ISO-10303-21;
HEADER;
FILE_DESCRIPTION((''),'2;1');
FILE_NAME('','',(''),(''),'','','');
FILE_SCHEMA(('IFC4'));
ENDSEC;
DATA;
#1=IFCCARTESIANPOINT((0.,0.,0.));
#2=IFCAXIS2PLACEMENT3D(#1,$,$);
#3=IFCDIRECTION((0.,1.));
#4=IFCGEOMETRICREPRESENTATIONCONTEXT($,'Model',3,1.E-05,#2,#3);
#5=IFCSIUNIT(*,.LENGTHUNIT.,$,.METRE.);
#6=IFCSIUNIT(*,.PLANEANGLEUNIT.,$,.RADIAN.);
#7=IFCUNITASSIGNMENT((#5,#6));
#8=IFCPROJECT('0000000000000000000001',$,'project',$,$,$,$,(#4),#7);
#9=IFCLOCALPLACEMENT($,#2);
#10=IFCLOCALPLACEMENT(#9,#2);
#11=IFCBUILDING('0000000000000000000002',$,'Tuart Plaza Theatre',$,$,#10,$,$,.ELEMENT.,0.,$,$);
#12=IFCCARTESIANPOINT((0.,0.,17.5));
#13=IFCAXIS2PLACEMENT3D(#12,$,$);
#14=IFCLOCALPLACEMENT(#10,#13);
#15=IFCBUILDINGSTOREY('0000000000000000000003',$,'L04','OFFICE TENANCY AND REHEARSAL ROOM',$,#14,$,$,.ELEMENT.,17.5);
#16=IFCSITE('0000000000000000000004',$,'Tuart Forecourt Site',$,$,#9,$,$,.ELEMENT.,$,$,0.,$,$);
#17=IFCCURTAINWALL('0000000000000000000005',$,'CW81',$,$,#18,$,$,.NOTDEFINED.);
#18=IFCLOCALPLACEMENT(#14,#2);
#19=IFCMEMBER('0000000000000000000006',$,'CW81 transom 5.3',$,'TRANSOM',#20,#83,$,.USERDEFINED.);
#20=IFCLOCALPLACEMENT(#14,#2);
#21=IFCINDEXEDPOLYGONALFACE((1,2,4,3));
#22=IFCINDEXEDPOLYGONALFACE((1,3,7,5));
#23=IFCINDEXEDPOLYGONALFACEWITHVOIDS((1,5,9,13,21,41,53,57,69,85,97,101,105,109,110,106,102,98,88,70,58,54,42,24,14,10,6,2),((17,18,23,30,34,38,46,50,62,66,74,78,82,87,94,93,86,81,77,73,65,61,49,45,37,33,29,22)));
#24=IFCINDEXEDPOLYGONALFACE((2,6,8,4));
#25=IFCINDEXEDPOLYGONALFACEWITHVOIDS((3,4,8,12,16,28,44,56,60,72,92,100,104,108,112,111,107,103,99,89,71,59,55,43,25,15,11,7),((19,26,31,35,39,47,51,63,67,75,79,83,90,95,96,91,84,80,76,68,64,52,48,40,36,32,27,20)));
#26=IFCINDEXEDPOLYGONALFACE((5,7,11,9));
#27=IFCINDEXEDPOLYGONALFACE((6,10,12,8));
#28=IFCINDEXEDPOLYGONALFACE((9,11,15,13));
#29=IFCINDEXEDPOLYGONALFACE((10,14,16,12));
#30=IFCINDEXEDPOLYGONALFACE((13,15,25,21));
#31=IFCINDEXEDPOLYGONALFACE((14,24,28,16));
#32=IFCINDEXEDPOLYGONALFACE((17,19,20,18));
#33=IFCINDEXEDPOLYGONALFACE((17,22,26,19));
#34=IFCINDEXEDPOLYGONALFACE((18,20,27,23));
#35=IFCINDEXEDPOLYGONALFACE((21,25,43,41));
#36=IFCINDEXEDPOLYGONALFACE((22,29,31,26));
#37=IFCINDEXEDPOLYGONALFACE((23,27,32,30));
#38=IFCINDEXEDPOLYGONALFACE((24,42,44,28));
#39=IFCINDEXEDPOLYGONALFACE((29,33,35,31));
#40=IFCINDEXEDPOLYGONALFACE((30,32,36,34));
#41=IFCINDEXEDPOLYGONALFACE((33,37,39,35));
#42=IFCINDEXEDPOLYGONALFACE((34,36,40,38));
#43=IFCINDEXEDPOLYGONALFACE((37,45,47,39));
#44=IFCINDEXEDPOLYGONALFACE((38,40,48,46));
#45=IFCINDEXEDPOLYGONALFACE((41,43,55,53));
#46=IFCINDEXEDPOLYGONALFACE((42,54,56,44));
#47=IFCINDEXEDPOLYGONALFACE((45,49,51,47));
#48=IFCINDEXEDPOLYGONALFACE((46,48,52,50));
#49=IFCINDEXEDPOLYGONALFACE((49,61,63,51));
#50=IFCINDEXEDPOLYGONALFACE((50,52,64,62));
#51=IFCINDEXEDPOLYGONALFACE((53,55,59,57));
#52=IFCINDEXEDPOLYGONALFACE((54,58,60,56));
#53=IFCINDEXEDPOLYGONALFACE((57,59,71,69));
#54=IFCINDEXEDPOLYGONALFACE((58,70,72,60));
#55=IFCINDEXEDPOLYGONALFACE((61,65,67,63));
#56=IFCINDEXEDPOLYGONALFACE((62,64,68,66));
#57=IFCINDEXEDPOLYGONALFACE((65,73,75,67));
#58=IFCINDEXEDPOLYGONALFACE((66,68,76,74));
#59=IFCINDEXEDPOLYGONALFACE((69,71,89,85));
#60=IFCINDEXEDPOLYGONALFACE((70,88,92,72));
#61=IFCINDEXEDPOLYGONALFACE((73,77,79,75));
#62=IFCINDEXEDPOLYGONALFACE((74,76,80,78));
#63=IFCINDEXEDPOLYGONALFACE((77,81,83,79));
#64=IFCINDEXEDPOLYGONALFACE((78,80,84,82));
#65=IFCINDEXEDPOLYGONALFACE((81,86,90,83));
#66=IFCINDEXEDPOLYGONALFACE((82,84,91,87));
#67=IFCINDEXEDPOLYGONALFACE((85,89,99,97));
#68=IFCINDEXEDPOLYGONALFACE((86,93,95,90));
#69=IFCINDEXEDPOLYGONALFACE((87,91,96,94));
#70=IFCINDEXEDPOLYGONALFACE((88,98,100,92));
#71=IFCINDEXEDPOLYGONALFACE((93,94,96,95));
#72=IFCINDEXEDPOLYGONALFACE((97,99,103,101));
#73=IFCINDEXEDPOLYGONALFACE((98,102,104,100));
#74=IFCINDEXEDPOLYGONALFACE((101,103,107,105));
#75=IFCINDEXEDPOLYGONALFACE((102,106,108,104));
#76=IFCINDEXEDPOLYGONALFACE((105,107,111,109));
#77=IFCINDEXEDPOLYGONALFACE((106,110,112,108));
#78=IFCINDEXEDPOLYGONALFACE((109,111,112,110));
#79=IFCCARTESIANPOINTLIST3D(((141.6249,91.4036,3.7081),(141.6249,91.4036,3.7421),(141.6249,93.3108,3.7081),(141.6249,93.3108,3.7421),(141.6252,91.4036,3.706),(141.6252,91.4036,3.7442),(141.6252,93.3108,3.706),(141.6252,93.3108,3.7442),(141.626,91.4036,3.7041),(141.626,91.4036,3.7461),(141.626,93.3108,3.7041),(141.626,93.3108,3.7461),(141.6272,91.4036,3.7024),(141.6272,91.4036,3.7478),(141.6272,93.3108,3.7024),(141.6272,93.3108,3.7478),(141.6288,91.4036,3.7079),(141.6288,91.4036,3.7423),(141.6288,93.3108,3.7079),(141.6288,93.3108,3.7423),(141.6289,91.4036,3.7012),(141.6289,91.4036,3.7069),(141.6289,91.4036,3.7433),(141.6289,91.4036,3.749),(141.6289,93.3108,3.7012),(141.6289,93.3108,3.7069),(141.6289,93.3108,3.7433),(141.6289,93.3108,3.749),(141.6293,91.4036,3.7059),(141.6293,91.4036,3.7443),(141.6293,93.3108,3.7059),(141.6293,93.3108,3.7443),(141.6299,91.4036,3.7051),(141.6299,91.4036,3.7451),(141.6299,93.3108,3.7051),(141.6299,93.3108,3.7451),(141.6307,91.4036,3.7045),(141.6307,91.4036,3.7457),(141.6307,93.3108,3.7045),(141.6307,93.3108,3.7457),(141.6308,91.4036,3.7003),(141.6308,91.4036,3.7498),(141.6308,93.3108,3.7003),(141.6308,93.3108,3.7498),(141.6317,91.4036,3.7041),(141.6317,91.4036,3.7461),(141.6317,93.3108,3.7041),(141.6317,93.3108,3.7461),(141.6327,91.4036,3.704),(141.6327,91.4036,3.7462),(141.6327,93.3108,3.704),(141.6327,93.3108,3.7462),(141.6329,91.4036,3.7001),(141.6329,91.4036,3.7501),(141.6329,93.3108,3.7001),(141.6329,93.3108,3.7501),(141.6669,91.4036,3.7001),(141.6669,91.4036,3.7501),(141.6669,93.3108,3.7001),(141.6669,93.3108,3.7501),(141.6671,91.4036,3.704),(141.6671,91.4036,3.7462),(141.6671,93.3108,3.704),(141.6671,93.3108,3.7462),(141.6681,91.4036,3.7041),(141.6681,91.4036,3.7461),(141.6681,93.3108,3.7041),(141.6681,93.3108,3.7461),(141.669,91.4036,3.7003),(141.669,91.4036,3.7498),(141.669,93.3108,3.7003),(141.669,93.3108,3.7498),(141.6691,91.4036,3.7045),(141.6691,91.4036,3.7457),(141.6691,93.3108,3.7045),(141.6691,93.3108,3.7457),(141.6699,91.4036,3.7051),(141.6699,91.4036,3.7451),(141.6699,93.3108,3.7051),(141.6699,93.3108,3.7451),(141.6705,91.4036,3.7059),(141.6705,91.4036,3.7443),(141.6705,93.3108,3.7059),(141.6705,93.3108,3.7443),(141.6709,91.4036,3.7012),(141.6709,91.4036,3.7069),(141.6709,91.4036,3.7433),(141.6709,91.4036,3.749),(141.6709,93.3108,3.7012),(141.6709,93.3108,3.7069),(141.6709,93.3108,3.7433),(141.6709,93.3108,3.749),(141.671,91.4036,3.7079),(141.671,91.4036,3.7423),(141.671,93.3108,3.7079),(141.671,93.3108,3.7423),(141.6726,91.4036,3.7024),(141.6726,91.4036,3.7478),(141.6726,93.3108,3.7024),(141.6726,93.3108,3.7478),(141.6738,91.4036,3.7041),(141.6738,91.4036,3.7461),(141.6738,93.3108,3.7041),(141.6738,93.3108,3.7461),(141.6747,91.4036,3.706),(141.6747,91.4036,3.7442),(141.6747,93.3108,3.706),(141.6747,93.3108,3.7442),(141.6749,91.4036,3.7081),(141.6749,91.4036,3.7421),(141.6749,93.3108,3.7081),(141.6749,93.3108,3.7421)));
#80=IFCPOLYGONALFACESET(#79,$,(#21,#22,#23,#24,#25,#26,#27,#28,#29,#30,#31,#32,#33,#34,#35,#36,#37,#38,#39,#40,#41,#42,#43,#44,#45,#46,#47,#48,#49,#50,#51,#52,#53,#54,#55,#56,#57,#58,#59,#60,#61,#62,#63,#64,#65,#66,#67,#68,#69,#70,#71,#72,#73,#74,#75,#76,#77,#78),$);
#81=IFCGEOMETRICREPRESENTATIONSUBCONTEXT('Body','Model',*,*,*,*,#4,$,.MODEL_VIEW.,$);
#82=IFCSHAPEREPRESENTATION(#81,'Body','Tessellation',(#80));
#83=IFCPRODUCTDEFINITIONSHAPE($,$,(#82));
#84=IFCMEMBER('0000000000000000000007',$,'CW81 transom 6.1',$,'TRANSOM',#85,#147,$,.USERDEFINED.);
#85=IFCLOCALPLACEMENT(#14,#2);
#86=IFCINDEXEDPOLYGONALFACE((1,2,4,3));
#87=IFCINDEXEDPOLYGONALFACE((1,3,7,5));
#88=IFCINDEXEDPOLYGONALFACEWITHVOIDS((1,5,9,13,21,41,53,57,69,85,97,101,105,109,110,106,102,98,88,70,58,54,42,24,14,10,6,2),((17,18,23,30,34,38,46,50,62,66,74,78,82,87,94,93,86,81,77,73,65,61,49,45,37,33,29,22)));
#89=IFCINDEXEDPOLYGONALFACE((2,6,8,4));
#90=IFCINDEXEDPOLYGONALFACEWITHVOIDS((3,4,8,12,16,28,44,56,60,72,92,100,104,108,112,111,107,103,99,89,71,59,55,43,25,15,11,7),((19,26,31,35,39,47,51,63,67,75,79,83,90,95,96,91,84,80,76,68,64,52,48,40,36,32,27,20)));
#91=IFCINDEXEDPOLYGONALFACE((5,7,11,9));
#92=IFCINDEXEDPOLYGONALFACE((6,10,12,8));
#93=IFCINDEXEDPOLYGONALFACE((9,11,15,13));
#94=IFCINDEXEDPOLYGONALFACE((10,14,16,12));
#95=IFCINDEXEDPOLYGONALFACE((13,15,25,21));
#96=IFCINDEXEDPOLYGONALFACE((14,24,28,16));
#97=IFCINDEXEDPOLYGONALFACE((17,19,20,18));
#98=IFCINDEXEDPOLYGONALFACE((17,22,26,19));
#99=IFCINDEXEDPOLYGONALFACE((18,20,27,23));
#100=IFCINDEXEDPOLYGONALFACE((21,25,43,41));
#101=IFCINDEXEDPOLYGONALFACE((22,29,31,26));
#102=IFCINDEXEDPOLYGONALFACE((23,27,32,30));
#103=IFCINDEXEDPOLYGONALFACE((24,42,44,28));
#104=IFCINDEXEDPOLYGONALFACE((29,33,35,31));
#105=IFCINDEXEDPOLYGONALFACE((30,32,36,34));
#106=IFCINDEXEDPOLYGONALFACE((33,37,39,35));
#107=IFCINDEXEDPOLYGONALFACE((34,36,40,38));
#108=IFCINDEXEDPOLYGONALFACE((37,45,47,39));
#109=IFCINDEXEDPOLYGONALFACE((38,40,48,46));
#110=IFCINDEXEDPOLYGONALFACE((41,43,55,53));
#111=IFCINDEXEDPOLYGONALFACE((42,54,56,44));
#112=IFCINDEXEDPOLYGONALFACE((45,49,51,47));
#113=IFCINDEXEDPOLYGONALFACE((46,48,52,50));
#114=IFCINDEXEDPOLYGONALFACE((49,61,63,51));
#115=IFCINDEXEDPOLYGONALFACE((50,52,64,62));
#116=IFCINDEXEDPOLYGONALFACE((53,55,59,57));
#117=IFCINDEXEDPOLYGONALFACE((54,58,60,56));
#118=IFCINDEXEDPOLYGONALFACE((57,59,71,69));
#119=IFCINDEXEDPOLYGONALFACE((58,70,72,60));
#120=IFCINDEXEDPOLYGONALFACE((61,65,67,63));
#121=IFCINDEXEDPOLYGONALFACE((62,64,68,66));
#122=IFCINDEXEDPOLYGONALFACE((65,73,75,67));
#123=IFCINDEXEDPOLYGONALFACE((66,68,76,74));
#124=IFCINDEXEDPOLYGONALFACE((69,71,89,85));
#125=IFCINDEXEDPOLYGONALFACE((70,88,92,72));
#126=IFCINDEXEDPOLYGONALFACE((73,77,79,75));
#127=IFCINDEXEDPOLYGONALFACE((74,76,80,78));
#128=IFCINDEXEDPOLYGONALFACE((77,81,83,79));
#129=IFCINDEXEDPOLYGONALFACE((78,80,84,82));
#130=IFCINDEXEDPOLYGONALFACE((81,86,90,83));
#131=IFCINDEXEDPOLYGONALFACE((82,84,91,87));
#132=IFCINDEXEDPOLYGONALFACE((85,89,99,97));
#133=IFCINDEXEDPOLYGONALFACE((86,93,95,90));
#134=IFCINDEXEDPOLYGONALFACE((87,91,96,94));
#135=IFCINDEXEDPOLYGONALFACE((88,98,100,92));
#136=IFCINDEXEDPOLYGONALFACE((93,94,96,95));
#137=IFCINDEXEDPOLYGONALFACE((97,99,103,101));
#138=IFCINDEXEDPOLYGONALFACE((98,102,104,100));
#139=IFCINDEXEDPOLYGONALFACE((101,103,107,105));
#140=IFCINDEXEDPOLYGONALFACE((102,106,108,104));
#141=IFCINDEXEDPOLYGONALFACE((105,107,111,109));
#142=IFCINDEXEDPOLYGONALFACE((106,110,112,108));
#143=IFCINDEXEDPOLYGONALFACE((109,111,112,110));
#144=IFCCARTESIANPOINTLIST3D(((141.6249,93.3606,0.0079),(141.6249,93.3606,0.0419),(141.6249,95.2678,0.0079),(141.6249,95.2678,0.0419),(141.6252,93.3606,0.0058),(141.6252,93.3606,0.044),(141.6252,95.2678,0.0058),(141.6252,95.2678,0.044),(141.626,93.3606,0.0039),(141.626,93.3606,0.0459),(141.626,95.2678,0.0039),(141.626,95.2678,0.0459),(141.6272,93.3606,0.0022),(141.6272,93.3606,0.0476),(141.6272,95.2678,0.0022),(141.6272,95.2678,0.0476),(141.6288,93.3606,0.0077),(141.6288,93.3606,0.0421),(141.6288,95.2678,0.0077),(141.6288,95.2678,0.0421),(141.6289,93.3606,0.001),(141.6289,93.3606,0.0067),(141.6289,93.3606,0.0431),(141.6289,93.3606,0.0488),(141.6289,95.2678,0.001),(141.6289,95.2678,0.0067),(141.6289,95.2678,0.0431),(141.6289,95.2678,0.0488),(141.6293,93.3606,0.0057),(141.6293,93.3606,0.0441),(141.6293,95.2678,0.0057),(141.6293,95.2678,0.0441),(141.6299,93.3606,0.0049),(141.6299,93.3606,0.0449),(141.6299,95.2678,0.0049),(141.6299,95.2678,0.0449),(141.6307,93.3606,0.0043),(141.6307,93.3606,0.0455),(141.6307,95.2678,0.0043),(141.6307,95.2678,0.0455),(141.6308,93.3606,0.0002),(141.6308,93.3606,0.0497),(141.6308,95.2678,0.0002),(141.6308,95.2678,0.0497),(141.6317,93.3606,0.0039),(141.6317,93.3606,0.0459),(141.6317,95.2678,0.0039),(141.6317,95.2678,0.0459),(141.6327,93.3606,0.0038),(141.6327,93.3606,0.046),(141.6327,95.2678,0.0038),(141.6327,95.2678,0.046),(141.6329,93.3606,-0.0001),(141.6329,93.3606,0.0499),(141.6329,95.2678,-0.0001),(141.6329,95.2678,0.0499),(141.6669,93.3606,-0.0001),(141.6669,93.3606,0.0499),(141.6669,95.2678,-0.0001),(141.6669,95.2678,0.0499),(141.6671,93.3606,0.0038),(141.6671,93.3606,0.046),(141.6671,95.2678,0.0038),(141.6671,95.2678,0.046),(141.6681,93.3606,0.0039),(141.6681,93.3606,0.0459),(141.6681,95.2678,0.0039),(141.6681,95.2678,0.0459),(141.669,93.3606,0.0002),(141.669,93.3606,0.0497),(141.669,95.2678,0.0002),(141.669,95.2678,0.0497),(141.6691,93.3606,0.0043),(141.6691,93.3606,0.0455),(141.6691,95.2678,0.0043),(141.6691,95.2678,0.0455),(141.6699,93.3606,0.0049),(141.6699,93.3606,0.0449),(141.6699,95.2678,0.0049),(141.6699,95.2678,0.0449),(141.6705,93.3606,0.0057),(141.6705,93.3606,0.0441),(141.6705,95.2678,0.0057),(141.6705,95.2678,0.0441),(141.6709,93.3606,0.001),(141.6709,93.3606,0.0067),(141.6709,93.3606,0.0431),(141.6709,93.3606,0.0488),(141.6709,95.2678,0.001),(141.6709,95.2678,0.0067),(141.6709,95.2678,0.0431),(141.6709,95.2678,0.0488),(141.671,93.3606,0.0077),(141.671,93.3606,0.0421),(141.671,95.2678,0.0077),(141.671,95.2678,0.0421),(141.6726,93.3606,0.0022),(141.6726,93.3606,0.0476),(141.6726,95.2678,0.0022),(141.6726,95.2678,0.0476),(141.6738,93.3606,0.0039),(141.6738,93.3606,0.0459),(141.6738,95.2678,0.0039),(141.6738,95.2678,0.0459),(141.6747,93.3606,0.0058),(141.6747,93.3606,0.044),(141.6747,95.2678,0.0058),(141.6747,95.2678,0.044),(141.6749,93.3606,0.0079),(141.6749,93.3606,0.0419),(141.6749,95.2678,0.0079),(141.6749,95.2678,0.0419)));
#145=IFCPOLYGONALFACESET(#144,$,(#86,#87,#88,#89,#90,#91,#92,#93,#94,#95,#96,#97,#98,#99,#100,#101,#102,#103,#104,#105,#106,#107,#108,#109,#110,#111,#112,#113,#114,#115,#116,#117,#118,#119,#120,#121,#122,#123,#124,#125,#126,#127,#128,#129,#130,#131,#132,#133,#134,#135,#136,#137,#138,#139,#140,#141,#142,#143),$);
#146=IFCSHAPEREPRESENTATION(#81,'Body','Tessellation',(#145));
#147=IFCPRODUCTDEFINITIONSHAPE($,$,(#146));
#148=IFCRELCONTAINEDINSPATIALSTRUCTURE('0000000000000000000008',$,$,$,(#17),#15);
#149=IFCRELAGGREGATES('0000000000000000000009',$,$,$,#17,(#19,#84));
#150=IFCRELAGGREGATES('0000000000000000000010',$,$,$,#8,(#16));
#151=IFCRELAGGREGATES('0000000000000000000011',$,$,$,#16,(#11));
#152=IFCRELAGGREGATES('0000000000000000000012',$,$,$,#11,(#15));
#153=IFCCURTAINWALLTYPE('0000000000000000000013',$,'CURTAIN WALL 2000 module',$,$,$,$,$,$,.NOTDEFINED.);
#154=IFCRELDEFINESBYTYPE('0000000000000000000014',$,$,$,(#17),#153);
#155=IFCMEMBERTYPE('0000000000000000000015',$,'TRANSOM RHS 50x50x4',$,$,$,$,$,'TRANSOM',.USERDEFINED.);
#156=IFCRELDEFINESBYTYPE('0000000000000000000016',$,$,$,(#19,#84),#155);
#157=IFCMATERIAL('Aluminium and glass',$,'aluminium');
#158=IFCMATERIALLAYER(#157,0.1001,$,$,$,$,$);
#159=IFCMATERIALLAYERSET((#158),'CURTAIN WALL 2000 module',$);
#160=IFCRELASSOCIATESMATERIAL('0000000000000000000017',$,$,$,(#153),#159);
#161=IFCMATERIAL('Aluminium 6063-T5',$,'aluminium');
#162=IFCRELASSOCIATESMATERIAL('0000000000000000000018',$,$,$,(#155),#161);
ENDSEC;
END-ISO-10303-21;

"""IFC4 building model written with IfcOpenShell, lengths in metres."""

from ifc_helpers import new_model, si_unit, direction, frame, origin, origin_2d, place, context, subcontext, project, spatial, hollow_rectangle, extrude, material, layer, layer_set, material_profile, profile_set, type_object, element, aggregate, save


model = new_model("IFC4")

# Units and contexts
model_context = context("Model", 3, precision=1e-05, world=origin(), true_north=direction((0.0, 1.0)))
body_context = subcontext(model_context, "Body", "Model", "MODEL_VIEW")
ifc_project = project(units=[si_unit("LENGTHUNIT", "METRE"), si_unit("PLANEANGLEUNIT", "RADIAN")], contexts=[model_context])

# Site, building, storey
site_placement = place(None, origin())
site = spatial("IfcSite", under=ifc_project, at=site_placement, Name="Tuart Forecourt Site", CompositionType="ELEMENT", RefElevation=0.0)
building_placement = place(site_placement, origin())
building = spatial("IfcBuilding", under=site, at=building_placement, Name="Tuart Plaza Theatre", CompositionType="ELEMENT", ElevationOfRefHeight=0.0)
storey_placement = place(building_placement, frame((0.0, 0.0, 17.5)))
storey = spatial("IfcBuildingStorey", under=building, at=storey_placement, Name="L04", Description="OFFICE TENANCY AND REHEARSAL ROOM", CompositionType="ELEMENT", Elevation=17.5)

# Curtain wall, members
ifc_material_1 = material(Name="Aluminium and glass", Category="aluminium")
ifc_layer_1 = layer(ifc_material_1, 0.1001)
ifc_layer_set_1 = layer_set([ifc_layer_1], Name="CURTAIN WALL 2000 module")
curtain_wall_type = type_object("IfcCurtainWallType", Name="CURTAIN WALL 2000 module", PredefinedType="NOTDEFINED", material=ifc_layer_set_1)
curtain_wall_placement = place(storey_placement, origin())
curtain_wall = element("IfcCurtainWall", 1, at=curtain_wall_placement, inside=storey, type_object=curtain_wall_type, Name="CW81", PredefinedType="NOTDEFINED")
ifc_material_2 = material(Name="Aluminium 6063-T5", Category="aluminium")
ifc_material_profile_1 = material_profile(ifc_material_2, hollow_rectangle(XDim=0.05, YDim=0.05, WallThickness=0.0039, InnerFilletRadius=0.0039, OuterFilletRadius=0.0081, at=origin_2d()), Name="RHS 50x50x4")
ifc_profile_set_1 = profile_set([ifc_material_profile_1], Name="Aluminium 6063-T5")
member_type_1 = type_object("IfcMemberType", Name="TRANSOM RHS 50x50x4", ElementType="TRANSOM", PredefinedType="USERDEFINED", material=ifc_profile_set_1)
member_1_placement = place(storey_placement, frame((141.6499, 91.4036, 3.7251), z_axis=(0.0, 1.0, 0.0), x_axis=(-1.0, 0.0, 0.0)))
member_1 = element("IfcMember", 2, at=member_1_placement, type_object=member_type_1, Name="CW81 transom 5.3", ObjectType="TRANSOM", PredefinedType="USERDEFINED", context=body_context, shape_type="SweptSolid", body=[
    extrude(hollow_rectangle(XDim=0.05, YDim=0.05, WallThickness=0.0039, InnerFilletRadius=0.0039, OuterFilletRadius=0.0081, at=origin_2d()), origin(), (0.0, 0.0, 1.0), 1.9072),
])
member_2_placement = place(storey_placement, frame((141.6499, 93.3606, 0.0249), z_axis=(0.0, 1.0, 0.0), x_axis=(-1.0, 0.0, 0.0)))
member_2 = element("IfcMember", 3, at=member_2_placement, type_object=member_type_1, Name="CW81 transom 6.1", ObjectType="TRANSOM", PredefinedType="USERDEFINED", context=body_context, shape_type="SweptSolid", body=[
    extrude(hollow_rectangle(XDim=0.05, YDim=0.05, WallThickness=0.0039, InnerFilletRadius=0.0039, OuterFilletRadius=0.0081, at=origin_2d()), origin(), (0.0, 0.0, 1.0), 1.9072),
])
aggregate(curtain_wall, [member_1, member_2])

save(model, "model.ifc")
